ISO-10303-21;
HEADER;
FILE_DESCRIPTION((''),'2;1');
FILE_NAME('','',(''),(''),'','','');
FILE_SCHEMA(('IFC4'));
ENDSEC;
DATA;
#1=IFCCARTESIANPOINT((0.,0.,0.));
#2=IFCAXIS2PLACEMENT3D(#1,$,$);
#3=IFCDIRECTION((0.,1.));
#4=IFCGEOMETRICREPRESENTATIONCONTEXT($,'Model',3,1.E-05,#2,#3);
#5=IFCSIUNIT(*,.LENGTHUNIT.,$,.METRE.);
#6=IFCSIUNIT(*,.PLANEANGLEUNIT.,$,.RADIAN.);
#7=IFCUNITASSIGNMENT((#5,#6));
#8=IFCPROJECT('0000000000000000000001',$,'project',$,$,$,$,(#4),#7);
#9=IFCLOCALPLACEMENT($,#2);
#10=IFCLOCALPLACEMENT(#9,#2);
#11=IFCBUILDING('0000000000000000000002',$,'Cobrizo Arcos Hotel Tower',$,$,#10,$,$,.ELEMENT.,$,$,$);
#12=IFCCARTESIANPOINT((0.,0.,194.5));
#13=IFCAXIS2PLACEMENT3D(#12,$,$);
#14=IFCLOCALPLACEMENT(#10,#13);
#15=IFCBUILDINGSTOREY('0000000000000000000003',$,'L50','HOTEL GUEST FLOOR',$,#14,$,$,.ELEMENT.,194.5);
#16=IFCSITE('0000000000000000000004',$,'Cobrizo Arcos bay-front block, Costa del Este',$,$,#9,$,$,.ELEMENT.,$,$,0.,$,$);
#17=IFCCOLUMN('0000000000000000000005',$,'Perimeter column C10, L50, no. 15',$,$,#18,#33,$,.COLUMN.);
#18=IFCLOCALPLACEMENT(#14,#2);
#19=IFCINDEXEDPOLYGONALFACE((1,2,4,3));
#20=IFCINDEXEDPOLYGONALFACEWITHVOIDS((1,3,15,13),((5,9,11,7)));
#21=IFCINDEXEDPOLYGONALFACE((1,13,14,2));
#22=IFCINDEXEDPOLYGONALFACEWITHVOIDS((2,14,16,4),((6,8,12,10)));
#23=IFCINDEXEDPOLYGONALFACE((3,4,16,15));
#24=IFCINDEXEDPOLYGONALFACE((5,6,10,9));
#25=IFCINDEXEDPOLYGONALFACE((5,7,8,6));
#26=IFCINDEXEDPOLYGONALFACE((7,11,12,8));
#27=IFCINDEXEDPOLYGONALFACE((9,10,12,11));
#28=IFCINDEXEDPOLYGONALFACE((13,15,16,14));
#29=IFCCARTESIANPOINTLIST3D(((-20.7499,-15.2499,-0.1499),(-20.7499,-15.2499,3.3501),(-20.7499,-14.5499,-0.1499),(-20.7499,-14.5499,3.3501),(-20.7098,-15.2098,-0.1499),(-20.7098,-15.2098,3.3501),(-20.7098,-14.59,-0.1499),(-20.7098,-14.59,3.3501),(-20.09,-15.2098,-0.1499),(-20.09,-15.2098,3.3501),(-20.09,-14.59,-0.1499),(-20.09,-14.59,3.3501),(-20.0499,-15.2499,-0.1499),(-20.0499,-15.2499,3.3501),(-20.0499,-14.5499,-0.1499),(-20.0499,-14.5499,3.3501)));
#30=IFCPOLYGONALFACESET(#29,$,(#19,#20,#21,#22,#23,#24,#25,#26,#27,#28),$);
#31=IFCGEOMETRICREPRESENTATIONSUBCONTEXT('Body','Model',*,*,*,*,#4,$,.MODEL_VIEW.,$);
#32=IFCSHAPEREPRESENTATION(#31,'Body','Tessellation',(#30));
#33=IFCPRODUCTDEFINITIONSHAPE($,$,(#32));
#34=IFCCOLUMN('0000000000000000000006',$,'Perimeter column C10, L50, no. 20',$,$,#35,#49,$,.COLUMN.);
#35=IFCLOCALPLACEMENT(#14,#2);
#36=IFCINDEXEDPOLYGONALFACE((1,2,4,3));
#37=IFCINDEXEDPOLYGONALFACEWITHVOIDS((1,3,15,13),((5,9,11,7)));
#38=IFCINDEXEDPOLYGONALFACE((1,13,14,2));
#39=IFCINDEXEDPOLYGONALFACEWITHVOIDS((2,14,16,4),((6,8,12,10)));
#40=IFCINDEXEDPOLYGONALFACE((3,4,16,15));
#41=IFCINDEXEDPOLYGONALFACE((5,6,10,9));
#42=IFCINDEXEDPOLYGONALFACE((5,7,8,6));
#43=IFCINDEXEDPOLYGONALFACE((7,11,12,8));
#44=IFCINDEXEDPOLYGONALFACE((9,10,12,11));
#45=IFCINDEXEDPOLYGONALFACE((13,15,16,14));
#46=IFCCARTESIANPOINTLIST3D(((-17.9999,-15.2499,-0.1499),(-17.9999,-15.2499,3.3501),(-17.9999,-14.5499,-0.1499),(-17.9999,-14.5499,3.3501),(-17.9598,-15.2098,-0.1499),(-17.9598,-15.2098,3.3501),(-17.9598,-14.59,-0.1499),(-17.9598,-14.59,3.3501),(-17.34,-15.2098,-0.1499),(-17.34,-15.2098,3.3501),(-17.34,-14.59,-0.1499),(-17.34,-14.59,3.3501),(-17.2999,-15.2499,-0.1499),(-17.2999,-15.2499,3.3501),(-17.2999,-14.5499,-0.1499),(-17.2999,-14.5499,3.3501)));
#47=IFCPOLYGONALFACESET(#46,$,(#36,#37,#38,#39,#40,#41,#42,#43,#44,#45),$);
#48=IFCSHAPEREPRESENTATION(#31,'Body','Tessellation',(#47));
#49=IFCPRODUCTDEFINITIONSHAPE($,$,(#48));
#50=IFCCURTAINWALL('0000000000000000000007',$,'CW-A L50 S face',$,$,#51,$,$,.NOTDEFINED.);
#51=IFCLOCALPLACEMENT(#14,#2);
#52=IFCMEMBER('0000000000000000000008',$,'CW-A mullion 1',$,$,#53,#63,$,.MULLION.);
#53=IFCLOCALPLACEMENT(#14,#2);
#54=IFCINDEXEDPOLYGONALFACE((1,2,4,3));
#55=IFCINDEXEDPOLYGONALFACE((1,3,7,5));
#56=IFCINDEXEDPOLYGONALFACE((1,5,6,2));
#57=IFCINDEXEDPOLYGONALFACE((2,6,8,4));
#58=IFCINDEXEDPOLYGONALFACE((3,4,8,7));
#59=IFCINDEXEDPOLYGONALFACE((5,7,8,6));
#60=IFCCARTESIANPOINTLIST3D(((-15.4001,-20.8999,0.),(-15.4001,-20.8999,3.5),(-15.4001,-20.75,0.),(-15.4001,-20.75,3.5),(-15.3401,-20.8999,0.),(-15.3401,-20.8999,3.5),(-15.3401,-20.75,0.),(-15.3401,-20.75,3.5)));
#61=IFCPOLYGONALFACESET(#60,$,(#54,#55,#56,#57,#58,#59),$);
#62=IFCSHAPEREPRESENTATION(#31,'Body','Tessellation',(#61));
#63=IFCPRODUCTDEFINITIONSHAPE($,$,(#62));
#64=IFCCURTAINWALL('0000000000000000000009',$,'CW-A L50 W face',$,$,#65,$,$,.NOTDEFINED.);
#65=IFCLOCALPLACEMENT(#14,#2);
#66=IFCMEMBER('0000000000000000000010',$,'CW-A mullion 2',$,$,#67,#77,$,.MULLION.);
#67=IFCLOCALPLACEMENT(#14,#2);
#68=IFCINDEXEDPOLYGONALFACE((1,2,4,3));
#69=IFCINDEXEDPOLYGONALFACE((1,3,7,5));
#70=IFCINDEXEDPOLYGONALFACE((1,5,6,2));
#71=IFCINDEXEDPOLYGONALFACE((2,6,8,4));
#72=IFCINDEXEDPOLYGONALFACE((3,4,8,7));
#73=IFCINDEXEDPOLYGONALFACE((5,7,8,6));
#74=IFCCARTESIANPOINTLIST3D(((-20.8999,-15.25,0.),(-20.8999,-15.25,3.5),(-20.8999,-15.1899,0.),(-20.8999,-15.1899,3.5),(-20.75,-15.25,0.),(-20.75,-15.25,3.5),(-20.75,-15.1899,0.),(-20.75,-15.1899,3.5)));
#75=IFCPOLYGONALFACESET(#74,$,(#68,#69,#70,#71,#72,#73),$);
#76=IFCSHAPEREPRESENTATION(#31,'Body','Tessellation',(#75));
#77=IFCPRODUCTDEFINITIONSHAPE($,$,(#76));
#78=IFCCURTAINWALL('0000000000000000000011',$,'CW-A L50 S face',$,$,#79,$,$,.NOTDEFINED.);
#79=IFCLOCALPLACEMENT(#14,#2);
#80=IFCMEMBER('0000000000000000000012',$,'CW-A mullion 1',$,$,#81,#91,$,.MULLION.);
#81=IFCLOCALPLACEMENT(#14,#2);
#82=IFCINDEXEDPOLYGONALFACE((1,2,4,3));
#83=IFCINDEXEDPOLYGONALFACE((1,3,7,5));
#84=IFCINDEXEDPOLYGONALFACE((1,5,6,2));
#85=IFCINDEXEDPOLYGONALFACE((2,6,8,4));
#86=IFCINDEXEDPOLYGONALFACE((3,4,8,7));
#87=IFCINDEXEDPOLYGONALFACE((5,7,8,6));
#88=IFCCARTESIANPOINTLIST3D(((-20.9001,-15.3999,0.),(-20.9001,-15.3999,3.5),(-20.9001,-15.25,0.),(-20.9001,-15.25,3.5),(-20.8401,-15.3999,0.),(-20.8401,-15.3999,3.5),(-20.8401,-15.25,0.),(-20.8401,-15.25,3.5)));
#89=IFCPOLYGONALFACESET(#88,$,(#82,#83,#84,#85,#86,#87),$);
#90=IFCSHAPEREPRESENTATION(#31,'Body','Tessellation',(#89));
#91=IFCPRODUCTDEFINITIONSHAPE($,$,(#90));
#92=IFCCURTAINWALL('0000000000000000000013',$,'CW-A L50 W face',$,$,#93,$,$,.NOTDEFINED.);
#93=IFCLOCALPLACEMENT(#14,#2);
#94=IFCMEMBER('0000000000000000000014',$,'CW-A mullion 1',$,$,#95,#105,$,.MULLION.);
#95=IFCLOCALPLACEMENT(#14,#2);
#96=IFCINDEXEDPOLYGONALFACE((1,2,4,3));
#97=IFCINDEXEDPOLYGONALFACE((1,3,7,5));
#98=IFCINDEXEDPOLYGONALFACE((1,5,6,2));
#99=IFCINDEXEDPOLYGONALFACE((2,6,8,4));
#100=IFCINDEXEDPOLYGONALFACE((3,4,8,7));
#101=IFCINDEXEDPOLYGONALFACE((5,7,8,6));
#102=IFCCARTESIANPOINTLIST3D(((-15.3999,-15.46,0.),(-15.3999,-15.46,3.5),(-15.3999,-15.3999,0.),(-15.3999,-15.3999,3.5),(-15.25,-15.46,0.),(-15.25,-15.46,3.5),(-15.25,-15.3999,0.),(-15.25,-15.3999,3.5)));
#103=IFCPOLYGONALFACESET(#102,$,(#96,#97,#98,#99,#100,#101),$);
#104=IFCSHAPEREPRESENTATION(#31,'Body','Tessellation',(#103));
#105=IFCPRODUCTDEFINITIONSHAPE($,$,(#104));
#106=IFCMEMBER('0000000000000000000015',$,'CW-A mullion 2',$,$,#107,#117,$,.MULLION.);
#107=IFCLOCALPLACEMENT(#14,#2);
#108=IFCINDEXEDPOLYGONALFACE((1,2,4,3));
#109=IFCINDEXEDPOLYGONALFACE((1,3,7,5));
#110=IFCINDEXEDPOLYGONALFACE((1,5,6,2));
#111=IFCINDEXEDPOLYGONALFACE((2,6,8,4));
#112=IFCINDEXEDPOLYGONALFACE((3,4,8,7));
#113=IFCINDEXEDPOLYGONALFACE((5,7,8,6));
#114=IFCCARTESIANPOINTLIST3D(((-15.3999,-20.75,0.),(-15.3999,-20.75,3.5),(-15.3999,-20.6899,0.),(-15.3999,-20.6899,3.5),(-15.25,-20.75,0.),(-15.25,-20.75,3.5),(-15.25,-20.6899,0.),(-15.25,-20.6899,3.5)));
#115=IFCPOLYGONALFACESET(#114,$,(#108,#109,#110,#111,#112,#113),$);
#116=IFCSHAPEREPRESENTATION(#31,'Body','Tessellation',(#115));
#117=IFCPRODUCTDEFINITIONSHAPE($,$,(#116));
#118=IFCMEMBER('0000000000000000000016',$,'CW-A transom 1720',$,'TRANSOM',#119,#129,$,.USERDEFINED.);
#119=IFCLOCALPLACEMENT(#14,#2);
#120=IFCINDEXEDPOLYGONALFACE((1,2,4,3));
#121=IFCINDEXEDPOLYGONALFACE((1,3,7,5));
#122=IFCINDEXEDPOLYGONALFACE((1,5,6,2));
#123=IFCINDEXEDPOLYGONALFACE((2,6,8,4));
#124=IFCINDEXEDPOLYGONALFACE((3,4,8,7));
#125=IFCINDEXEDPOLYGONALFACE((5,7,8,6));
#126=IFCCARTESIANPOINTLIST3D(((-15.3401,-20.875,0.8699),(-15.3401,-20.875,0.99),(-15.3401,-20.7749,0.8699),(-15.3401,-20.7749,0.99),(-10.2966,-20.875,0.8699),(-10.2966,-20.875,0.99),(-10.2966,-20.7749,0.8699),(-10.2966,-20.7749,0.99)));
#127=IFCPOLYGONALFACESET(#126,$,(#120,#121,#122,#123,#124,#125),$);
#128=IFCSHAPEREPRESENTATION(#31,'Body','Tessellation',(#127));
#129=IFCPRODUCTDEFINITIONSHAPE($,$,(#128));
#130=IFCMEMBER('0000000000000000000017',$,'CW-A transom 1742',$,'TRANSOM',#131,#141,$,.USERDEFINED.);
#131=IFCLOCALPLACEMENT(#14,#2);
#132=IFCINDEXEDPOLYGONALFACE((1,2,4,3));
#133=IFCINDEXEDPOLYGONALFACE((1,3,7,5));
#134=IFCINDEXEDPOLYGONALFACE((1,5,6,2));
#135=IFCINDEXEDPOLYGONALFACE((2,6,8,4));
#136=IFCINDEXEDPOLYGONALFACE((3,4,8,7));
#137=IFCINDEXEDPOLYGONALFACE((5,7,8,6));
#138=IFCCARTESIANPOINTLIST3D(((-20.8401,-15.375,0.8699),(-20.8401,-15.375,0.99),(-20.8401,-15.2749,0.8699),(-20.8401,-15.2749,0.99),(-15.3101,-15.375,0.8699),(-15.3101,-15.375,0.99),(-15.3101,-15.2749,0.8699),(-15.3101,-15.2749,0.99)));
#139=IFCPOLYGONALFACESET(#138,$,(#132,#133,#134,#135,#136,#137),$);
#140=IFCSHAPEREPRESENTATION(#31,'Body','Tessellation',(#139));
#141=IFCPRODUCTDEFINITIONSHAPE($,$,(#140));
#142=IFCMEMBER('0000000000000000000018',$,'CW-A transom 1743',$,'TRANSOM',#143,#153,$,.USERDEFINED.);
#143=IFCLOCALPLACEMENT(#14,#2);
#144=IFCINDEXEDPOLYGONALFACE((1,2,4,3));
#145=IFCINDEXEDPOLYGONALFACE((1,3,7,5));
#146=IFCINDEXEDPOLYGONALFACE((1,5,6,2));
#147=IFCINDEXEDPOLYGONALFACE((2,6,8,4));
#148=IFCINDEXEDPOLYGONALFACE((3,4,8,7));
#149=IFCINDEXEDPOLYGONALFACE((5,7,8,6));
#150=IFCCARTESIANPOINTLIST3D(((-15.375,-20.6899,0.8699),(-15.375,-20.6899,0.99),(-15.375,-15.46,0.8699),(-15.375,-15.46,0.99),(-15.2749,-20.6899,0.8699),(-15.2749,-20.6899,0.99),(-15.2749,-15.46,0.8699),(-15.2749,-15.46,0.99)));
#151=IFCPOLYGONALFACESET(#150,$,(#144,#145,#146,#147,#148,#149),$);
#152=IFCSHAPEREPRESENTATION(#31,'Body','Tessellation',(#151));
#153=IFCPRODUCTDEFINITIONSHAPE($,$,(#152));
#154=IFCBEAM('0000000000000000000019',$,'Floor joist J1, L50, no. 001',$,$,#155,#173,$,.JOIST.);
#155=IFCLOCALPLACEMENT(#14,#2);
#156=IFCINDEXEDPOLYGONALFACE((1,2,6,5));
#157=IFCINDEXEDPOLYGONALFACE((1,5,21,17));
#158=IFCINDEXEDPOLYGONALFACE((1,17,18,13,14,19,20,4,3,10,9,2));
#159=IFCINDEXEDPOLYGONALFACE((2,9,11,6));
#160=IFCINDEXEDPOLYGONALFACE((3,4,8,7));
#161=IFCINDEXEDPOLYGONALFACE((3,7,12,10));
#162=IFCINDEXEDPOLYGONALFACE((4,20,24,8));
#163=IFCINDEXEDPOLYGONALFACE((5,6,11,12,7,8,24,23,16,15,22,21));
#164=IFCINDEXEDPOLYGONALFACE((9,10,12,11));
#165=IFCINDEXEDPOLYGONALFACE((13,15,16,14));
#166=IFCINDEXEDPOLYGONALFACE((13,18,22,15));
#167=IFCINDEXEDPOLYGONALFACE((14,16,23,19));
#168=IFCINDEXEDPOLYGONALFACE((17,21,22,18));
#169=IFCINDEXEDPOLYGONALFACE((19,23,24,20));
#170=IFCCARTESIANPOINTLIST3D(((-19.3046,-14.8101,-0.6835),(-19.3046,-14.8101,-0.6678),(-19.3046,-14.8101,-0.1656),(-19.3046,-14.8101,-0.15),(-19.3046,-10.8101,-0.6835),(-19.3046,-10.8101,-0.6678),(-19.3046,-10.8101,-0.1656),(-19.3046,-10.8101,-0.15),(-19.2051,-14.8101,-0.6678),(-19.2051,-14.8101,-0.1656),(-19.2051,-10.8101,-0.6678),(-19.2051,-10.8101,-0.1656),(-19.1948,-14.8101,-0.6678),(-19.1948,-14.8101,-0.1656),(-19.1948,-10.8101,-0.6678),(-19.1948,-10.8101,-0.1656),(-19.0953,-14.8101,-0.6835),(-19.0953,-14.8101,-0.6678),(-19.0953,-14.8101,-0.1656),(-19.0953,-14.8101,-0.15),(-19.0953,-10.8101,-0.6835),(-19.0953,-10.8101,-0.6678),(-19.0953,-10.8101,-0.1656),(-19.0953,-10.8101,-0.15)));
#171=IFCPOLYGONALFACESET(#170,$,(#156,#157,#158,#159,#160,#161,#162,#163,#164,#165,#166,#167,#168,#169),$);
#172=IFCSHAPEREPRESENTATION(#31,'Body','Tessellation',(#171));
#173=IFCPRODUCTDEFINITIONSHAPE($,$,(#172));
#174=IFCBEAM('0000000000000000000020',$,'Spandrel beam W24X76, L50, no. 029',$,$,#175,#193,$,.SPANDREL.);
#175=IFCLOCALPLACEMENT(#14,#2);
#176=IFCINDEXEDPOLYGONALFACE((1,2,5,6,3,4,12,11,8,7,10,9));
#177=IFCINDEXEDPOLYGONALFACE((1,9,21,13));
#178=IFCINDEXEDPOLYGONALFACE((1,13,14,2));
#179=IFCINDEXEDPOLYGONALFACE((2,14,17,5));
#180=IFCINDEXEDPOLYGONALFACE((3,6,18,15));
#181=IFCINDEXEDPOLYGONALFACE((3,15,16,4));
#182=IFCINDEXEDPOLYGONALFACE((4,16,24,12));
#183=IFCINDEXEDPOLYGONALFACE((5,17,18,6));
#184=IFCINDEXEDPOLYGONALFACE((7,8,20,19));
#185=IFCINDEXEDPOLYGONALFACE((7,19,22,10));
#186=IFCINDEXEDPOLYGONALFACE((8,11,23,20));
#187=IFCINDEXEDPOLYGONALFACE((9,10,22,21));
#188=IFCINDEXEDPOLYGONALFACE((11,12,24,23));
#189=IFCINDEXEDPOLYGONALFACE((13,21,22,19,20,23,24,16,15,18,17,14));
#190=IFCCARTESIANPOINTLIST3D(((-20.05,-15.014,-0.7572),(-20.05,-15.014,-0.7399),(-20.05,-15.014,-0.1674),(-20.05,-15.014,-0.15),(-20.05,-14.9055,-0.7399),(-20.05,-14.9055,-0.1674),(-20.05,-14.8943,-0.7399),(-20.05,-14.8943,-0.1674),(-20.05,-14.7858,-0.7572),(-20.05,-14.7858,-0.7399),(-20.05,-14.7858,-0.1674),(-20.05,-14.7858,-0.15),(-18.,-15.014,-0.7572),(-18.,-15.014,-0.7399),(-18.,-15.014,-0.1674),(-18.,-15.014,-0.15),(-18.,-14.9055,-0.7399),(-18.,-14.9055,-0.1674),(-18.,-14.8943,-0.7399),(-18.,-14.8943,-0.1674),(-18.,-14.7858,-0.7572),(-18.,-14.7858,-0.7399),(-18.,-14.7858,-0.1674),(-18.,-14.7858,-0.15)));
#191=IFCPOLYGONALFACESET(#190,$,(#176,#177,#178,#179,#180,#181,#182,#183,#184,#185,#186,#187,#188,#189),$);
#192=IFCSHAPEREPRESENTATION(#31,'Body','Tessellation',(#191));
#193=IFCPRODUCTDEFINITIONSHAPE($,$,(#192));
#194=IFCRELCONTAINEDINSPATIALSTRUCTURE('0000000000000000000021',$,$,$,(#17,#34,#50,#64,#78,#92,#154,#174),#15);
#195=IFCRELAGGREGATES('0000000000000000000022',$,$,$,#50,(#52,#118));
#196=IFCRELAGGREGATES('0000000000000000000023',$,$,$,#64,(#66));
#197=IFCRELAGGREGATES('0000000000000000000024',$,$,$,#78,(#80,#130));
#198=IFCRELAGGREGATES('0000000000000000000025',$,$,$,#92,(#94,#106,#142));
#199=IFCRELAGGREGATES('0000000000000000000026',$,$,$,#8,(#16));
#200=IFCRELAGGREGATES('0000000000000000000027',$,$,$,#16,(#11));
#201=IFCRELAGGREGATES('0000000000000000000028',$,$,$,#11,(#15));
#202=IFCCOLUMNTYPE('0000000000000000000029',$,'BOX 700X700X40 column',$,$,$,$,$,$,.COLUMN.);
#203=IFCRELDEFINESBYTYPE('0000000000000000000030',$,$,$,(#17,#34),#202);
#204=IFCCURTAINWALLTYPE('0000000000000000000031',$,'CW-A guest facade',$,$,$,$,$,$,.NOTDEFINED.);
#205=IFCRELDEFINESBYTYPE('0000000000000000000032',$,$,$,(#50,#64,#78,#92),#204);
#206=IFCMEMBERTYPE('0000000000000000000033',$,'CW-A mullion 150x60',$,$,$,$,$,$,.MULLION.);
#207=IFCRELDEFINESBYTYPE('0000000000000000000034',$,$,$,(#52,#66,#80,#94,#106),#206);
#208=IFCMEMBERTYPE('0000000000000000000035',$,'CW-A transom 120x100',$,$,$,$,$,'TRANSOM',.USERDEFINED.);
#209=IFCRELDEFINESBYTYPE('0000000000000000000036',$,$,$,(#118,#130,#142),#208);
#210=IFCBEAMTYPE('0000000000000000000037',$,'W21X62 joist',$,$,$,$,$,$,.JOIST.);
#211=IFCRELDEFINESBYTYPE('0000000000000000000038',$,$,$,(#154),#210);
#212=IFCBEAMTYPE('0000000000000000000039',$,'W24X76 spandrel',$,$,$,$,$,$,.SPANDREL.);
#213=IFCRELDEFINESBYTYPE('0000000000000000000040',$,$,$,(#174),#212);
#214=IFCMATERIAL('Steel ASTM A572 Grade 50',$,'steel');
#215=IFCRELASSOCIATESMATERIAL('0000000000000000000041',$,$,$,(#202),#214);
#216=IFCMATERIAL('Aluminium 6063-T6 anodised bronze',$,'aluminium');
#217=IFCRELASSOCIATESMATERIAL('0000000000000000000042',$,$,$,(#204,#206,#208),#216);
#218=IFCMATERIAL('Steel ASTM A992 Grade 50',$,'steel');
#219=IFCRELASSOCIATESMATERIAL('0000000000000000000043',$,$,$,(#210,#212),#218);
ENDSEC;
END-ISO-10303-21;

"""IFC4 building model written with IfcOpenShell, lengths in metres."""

from ifc_helpers import new_model, si_unit, direction, frame, origin, origin_2d, place, context, subcontext, project, spatial, rectangle, hollow_rectangle, i_section, extrude, material, material_profile, profile_set, type_object, element, aggregate, save


model = new_model("IFC4")

# Units and contexts
model_context = context("Model", 3, precision=1e-05, world=origin(), true_north=direction((0.0, 1.0)))
body_context = subcontext(model_context, "Body", "Model", "MODEL_VIEW")
ifc_project = project(units=[si_unit("LENGTHUNIT", "METRE"), si_unit("PLANEANGLEUNIT", "RADIAN")], contexts=[model_context])

# Site, building, storey
site_placement = place(None, origin())
site = spatial("IfcSite", under=ifc_project, at=site_placement, Name="Cobrizo Arcos bay-front block, Costa del Este", CompositionType="ELEMENT", RefElevation=0.0)
building_placement = place(site_placement, origin())
building = spatial("IfcBuilding", under=site, at=building_placement, Name="Cobrizo Arcos Hotel Tower", CompositionType="ELEMENT")
storey_placement = place(building_placement, frame((0.0, 0.0, 194.5)))
storey = spatial("IfcBuildingStorey", under=building, at=storey_placement, Name="L50", Description="HOTEL GUEST FLOOR", CompositionType="ELEMENT", Elevation=194.5)

# Columns
ifc_material_1 = material(Name="Steel ASTM A572 Grade 50", Category="steel")
ifc_material_profile_1 = material_profile(ifc_material_1, hollow_rectangle(XDim=0.7, YDim=0.7, WallThickness=0.04, at=origin_2d()), Name="BOX 700X700X40")
ifc_profile_set_1 = profile_set([ifc_material_profile_1], Name="Steel ASTM A572 Grade 50")
column_type = type_object("IfcColumnType", Name="BOX 700X700X40 column", PredefinedType="COLUMN", material=ifc_profile_set_1)
for number, where, z_axis, x_axis, name in (
    (1, (-20.3999, -14.8999, -0.1499), (0.0, 0.0, 1.0), (1.0, 0.0, 0.0), "Perimeter column C10, L50, no. 15"),
    (2, (-17.6499, -14.8999, -0.1499), (0.0, 0.0, 1.0), (1.0, 0.0, 0.0), "Perimeter column C10, L50, no. 20"),
):
    element("IfcColumn", number, at=place(storey_placement, frame(where, z_axis=z_axis, x_axis=x_axis)), inside=storey, type_object=column_type, Name=name, PredefinedType="COLUMN", context=body_context, shape_type="SweptSolid", body=[
        extrude(hollow_rectangle(XDim=0.7, YDim=0.7, WallThickness=0.04, at=origin_2d()), origin(), (0.0, 0.0, 1.0), 3.5),
    ])

# Curtain walls, members
ifc_material_2 = material(Name="Aluminium 6063-T6 anodised bronze", Category="aluminium")
curtain_wall_type = type_object("IfcCurtainWallType", Name="CW-A guest facade", PredefinedType="NOTDEFINED", material=ifc_material_2)
curtain_wall_1_placement = place(storey_placement, origin())
curtain_wall_1 = element("IfcCurtainWall", 3, at=curtain_wall_1_placement, inside=storey, type_object=curtain_wall_type, Name="CW-A L50 S face", PredefinedType="NOTDEFINED")
ifc_material_profile_2 = material_profile(ifc_material_2, rectangle(XDim=0.1499, YDim=0.0601, at=origin_2d()), Name="CW-A mullion 150x60")
ifc_profile_set_2 = profile_set([ifc_material_profile_2], Name="Aluminium 6063-T6 anodised bronze")
member_type_1 = type_object("IfcMemberType", Name="CW-A mullion 150x60", PredefinedType="MULLION", material=ifc_profile_set_2)
member_1_placement = place(storey_placement, frame((-15.3701, -20.825, 0.0), z_axis=(0.0, 0.0, 1.0), x_axis=(0.0, -1.0, 0.0)))
member_1 = element("IfcMember", 4, at=member_1_placement, type_object=member_type_1, Name="CW-A mullion 1", PredefinedType="MULLION", context=body_context, shape_type="SweptSolid", body=[
    extrude(rectangle(XDim=0.1499, YDim=0.0601, at=origin_2d()), origin(), (0.0, 0.0, 1.0), 3.5),
])
curtain_wall_2_placement = place(storey_placement, origin())
curtain_wall_2 = element("IfcCurtainWall", 5, at=curtain_wall_2_placement, inside=storey, type_object=curtain_wall_type, Name="CW-A L50 W face", PredefinedType="NOTDEFINED")
member_2_placement = place(storey_placement, frame((-20.825, -15.22, 0.0), z_axis=(0.0, 0.0, 1.0), x_axis=(-1.0, 0.0, 0.0)))
member_2 = element("IfcMember", 6, at=member_2_placement, type_object=member_type_1, Name="CW-A mullion 2", PredefinedType="MULLION", context=body_context, shape_type="SweptSolid", body=[
    extrude(rectangle(XDim=0.1499, YDim=0.0601, at=origin_2d()), origin(), (0.0, 0.0, 1.0), 3.5),
])
curtain_wall_3_placement = place(storey_placement, origin())
curtain_wall_3 = element("IfcCurtainWall", 7, at=curtain_wall_3_placement, inside=storey, type_object=curtain_wall_type, Name="CW-A L50 S face", PredefinedType="NOTDEFINED")
member_3_placement = place(storey_placement, frame((-20.8701, -15.325, 0.0), z_axis=(0.0, 0.0, 1.0), x_axis=(0.0, -1.0, 0.0)))
member_3 = element("IfcMember", 8, at=member_3_placement, type_object=member_type_1, Name="CW-A mullion 1", PredefinedType="MULLION", context=body_context, shape_type="SweptSolid", body=[
    extrude(rectangle(XDim=0.1499, YDim=0.0601, at=origin_2d()), origin(), (0.0, 0.0, 1.0), 3.5),
])

# Curtain wall, members
curtain_wall_4_placement = place(storey_placement, origin())
curtain_wall_4 = element("IfcCurtainWall", 9, at=curtain_wall_4_placement, inside=storey, type_object=curtain_wall_type, Name="CW-A L50 W face", PredefinedType="NOTDEFINED")
member_4_placement = place(storey_placement, frame((-15.325, -15.4299, 0.0), z_axis=(0.0, 0.0, 1.0), x_axis=(-1.0, 0.0, 0.0)))
member_4 = element("IfcMember", 10, at=member_4_placement, type_object=member_type_1, Name="CW-A mullion 1", PredefinedType="MULLION", context=body_context, shape_type="SweptSolid", body=[
    extrude(rectangle(XDim=0.1499, YDim=0.0601, at=origin_2d()), origin(), (0.0, 0.0, 1.0), 3.5),
])
member_5_placement = place(storey_placement, frame((-15.325, -20.72, 0.0), z_axis=(0.0, 0.0, 1.0), x_axis=(-1.0, 0.0, 0.0)))
member_5 = element("IfcMember", 11, at=member_5_placement, type_object=member_type_1, Name="CW-A mullion 2", PredefinedType="MULLION", context=body_context, shape_type="SweptSolid", body=[
    extrude(rectangle(XDim=0.1499, YDim=0.0601, at=origin_2d()), origin(), (0.0, 0.0, 1.0), 3.5),
])

# Members
ifc_material_profile_3 = material_profile(ifc_material_2, rectangle(XDim=0.1001, YDim=0.1201, at=origin_2d()), Name="CW-A transom 120x100")
ifc_profile_set_3 = profile_set([ifc_material_profile_3], Name="Aluminium 6063-T6 anodised bronze")
member_type_2 = type_object("IfcMemberType", Name="CW-A transom 120x100", ElementType="TRANSOM", PredefinedType="USERDEFINED", material=ifc_profile_set_3)
member_6_placement = place(storey_placement, frame((-15.3401, -20.825, 0.9299), z_axis=(1.0, 0.0, 0.0), x_axis=(0.0, 1.0, 0.0)))
member_6 = element("IfcMember", 12, at=member_6_placement, type_object=member_type_2, Name="CW-A transom 1720", ObjectType="TRANSOM", PredefinedType="USERDEFINED", context=body_context, shape_type="SweptSolid", body=[
    extrude(rectangle(XDim=0.1001, YDim=0.1201, at=origin_2d()), origin(), (0.0, 0.0, 1.0), 5.0435),
])
aggregate(curtain_wall_1, [member_1, member_6])
member_7_placement = place(storey_placement, frame((-20.8401, -15.325, 0.9299), z_axis=(1.0, 0.0, 0.0), x_axis=(0.0, 1.0, 0.0)))
member_7 = element("IfcMember", 13, at=member_7_placement, type_object=member_type_2, Name="CW-A transom 1742", ObjectType="TRANSOM", PredefinedType="USERDEFINED", context=body_context, shape_type="SweptSolid", body=[
    extrude(rectangle(XDim=0.1001, YDim=0.1201, at=origin_2d()), origin(), (0.0, 0.0, 1.0), 5.53),
])
member_8_placement = place(storey_placement, frame((-15.325, -15.46, 0.9299), z_axis=(0.0, -1.0, 0.0), x_axis=(1.0, 0.0, 0.0)))
member_8 = element("IfcMember", 14, at=member_8_placement, type_object=member_type_2, Name="CW-A transom 1743", ObjectType="TRANSOM", PredefinedType="USERDEFINED", context=body_context, shape_type="SweptSolid", body=[
    extrude(rectangle(XDim=0.1001, YDim=0.1201, at=origin_2d()), origin(), (0.0, 0.0, 1.0), 5.23),
])

# Beams
ifc_material_3 = material(Name="Steel ASTM A992 Grade 50", Category="steel")
ifc_material_profile_4 = material_profile(ifc_material_3, i_section(OverallWidth=0.2092, OverallDepth=0.5334, WebThickness=0.0103, FlangeThickness=0.0156, at=origin_2d()), Name="W21X62")
ifc_profile_set_4 = profile_set([ifc_material_profile_4], Name="Steel ASTM A992 Grade 50")
beam_type_1 = type_object("IfcBeamType", Name="W21X62 joist", PredefinedType="JOIST", material=ifc_profile_set_4)
beam_placement = place(storey_placement, frame((-19.2, -14.8101, -0.4167), z_axis=(0.0, 1.0, 0.0), x_axis=(-1.0, 0.0, 0.0)))
element("IfcBeam", 15, at=beam_placement, inside=storey, type_object=beam_type_1, Name="Floor joist J1, L50, no. 001", PredefinedType="JOIST", context=body_context, shape_type="SweptSolid", body=[
    extrude(i_section(OverallWidth=0.2092, OverallDepth=0.5334, WebThickness=0.0103, FlangeThickness=0.0156, at=origin_2d()), origin(), (0.0, 0.0, 1.0), 4.0),
])
ifc_material_profile_5 = material_profile(ifc_material_3, i_section(OverallWidth=0.2283, OverallDepth=0.6072, WebThickness=0.0112, FlangeThickness=0.0173, at=origin_2d()), Name="W24X76")
ifc_profile_set_5 = profile_set([ifc_material_profile_5], Name="Steel ASTM A992 Grade 50")
beam_type_2 = type_object("IfcBeamType", Name="W24X76 spandrel", PredefinedType="SPANDREL", material=ifc_profile_set_5)
for number, where, z_axis, x_axis, name in (
    (16, (-20.05, -14.8999, -0.4536), (1.0, 0.0, 0.0), (0.0, 1.0, 0.0), "Spandrel beam W24X76, L50, no. 029"),
):
    element("IfcBeam", number, at=place(storey_placement, frame(where, z_axis=z_axis, x_axis=x_axis)), inside=storey, type_object=beam_type_2, Name=name, PredefinedType="SPANDREL", context=body_context, shape_type="SweptSolid", body=[
        extrude(i_section(OverallWidth=0.2283, OverallDepth=0.6072, WebThickness=0.0112, FlangeThickness=0.0173, at=origin_2d()), origin(), (0.0, 0.0, 1.0), 2.05),
    ])

aggregate(curtain_wall_2, [member_2])
aggregate(curtain_wall_3, [member_3, member_7])
aggregate(curtain_wall_4, [member_4, member_5, member_8])

save(model, "model.ifc")
